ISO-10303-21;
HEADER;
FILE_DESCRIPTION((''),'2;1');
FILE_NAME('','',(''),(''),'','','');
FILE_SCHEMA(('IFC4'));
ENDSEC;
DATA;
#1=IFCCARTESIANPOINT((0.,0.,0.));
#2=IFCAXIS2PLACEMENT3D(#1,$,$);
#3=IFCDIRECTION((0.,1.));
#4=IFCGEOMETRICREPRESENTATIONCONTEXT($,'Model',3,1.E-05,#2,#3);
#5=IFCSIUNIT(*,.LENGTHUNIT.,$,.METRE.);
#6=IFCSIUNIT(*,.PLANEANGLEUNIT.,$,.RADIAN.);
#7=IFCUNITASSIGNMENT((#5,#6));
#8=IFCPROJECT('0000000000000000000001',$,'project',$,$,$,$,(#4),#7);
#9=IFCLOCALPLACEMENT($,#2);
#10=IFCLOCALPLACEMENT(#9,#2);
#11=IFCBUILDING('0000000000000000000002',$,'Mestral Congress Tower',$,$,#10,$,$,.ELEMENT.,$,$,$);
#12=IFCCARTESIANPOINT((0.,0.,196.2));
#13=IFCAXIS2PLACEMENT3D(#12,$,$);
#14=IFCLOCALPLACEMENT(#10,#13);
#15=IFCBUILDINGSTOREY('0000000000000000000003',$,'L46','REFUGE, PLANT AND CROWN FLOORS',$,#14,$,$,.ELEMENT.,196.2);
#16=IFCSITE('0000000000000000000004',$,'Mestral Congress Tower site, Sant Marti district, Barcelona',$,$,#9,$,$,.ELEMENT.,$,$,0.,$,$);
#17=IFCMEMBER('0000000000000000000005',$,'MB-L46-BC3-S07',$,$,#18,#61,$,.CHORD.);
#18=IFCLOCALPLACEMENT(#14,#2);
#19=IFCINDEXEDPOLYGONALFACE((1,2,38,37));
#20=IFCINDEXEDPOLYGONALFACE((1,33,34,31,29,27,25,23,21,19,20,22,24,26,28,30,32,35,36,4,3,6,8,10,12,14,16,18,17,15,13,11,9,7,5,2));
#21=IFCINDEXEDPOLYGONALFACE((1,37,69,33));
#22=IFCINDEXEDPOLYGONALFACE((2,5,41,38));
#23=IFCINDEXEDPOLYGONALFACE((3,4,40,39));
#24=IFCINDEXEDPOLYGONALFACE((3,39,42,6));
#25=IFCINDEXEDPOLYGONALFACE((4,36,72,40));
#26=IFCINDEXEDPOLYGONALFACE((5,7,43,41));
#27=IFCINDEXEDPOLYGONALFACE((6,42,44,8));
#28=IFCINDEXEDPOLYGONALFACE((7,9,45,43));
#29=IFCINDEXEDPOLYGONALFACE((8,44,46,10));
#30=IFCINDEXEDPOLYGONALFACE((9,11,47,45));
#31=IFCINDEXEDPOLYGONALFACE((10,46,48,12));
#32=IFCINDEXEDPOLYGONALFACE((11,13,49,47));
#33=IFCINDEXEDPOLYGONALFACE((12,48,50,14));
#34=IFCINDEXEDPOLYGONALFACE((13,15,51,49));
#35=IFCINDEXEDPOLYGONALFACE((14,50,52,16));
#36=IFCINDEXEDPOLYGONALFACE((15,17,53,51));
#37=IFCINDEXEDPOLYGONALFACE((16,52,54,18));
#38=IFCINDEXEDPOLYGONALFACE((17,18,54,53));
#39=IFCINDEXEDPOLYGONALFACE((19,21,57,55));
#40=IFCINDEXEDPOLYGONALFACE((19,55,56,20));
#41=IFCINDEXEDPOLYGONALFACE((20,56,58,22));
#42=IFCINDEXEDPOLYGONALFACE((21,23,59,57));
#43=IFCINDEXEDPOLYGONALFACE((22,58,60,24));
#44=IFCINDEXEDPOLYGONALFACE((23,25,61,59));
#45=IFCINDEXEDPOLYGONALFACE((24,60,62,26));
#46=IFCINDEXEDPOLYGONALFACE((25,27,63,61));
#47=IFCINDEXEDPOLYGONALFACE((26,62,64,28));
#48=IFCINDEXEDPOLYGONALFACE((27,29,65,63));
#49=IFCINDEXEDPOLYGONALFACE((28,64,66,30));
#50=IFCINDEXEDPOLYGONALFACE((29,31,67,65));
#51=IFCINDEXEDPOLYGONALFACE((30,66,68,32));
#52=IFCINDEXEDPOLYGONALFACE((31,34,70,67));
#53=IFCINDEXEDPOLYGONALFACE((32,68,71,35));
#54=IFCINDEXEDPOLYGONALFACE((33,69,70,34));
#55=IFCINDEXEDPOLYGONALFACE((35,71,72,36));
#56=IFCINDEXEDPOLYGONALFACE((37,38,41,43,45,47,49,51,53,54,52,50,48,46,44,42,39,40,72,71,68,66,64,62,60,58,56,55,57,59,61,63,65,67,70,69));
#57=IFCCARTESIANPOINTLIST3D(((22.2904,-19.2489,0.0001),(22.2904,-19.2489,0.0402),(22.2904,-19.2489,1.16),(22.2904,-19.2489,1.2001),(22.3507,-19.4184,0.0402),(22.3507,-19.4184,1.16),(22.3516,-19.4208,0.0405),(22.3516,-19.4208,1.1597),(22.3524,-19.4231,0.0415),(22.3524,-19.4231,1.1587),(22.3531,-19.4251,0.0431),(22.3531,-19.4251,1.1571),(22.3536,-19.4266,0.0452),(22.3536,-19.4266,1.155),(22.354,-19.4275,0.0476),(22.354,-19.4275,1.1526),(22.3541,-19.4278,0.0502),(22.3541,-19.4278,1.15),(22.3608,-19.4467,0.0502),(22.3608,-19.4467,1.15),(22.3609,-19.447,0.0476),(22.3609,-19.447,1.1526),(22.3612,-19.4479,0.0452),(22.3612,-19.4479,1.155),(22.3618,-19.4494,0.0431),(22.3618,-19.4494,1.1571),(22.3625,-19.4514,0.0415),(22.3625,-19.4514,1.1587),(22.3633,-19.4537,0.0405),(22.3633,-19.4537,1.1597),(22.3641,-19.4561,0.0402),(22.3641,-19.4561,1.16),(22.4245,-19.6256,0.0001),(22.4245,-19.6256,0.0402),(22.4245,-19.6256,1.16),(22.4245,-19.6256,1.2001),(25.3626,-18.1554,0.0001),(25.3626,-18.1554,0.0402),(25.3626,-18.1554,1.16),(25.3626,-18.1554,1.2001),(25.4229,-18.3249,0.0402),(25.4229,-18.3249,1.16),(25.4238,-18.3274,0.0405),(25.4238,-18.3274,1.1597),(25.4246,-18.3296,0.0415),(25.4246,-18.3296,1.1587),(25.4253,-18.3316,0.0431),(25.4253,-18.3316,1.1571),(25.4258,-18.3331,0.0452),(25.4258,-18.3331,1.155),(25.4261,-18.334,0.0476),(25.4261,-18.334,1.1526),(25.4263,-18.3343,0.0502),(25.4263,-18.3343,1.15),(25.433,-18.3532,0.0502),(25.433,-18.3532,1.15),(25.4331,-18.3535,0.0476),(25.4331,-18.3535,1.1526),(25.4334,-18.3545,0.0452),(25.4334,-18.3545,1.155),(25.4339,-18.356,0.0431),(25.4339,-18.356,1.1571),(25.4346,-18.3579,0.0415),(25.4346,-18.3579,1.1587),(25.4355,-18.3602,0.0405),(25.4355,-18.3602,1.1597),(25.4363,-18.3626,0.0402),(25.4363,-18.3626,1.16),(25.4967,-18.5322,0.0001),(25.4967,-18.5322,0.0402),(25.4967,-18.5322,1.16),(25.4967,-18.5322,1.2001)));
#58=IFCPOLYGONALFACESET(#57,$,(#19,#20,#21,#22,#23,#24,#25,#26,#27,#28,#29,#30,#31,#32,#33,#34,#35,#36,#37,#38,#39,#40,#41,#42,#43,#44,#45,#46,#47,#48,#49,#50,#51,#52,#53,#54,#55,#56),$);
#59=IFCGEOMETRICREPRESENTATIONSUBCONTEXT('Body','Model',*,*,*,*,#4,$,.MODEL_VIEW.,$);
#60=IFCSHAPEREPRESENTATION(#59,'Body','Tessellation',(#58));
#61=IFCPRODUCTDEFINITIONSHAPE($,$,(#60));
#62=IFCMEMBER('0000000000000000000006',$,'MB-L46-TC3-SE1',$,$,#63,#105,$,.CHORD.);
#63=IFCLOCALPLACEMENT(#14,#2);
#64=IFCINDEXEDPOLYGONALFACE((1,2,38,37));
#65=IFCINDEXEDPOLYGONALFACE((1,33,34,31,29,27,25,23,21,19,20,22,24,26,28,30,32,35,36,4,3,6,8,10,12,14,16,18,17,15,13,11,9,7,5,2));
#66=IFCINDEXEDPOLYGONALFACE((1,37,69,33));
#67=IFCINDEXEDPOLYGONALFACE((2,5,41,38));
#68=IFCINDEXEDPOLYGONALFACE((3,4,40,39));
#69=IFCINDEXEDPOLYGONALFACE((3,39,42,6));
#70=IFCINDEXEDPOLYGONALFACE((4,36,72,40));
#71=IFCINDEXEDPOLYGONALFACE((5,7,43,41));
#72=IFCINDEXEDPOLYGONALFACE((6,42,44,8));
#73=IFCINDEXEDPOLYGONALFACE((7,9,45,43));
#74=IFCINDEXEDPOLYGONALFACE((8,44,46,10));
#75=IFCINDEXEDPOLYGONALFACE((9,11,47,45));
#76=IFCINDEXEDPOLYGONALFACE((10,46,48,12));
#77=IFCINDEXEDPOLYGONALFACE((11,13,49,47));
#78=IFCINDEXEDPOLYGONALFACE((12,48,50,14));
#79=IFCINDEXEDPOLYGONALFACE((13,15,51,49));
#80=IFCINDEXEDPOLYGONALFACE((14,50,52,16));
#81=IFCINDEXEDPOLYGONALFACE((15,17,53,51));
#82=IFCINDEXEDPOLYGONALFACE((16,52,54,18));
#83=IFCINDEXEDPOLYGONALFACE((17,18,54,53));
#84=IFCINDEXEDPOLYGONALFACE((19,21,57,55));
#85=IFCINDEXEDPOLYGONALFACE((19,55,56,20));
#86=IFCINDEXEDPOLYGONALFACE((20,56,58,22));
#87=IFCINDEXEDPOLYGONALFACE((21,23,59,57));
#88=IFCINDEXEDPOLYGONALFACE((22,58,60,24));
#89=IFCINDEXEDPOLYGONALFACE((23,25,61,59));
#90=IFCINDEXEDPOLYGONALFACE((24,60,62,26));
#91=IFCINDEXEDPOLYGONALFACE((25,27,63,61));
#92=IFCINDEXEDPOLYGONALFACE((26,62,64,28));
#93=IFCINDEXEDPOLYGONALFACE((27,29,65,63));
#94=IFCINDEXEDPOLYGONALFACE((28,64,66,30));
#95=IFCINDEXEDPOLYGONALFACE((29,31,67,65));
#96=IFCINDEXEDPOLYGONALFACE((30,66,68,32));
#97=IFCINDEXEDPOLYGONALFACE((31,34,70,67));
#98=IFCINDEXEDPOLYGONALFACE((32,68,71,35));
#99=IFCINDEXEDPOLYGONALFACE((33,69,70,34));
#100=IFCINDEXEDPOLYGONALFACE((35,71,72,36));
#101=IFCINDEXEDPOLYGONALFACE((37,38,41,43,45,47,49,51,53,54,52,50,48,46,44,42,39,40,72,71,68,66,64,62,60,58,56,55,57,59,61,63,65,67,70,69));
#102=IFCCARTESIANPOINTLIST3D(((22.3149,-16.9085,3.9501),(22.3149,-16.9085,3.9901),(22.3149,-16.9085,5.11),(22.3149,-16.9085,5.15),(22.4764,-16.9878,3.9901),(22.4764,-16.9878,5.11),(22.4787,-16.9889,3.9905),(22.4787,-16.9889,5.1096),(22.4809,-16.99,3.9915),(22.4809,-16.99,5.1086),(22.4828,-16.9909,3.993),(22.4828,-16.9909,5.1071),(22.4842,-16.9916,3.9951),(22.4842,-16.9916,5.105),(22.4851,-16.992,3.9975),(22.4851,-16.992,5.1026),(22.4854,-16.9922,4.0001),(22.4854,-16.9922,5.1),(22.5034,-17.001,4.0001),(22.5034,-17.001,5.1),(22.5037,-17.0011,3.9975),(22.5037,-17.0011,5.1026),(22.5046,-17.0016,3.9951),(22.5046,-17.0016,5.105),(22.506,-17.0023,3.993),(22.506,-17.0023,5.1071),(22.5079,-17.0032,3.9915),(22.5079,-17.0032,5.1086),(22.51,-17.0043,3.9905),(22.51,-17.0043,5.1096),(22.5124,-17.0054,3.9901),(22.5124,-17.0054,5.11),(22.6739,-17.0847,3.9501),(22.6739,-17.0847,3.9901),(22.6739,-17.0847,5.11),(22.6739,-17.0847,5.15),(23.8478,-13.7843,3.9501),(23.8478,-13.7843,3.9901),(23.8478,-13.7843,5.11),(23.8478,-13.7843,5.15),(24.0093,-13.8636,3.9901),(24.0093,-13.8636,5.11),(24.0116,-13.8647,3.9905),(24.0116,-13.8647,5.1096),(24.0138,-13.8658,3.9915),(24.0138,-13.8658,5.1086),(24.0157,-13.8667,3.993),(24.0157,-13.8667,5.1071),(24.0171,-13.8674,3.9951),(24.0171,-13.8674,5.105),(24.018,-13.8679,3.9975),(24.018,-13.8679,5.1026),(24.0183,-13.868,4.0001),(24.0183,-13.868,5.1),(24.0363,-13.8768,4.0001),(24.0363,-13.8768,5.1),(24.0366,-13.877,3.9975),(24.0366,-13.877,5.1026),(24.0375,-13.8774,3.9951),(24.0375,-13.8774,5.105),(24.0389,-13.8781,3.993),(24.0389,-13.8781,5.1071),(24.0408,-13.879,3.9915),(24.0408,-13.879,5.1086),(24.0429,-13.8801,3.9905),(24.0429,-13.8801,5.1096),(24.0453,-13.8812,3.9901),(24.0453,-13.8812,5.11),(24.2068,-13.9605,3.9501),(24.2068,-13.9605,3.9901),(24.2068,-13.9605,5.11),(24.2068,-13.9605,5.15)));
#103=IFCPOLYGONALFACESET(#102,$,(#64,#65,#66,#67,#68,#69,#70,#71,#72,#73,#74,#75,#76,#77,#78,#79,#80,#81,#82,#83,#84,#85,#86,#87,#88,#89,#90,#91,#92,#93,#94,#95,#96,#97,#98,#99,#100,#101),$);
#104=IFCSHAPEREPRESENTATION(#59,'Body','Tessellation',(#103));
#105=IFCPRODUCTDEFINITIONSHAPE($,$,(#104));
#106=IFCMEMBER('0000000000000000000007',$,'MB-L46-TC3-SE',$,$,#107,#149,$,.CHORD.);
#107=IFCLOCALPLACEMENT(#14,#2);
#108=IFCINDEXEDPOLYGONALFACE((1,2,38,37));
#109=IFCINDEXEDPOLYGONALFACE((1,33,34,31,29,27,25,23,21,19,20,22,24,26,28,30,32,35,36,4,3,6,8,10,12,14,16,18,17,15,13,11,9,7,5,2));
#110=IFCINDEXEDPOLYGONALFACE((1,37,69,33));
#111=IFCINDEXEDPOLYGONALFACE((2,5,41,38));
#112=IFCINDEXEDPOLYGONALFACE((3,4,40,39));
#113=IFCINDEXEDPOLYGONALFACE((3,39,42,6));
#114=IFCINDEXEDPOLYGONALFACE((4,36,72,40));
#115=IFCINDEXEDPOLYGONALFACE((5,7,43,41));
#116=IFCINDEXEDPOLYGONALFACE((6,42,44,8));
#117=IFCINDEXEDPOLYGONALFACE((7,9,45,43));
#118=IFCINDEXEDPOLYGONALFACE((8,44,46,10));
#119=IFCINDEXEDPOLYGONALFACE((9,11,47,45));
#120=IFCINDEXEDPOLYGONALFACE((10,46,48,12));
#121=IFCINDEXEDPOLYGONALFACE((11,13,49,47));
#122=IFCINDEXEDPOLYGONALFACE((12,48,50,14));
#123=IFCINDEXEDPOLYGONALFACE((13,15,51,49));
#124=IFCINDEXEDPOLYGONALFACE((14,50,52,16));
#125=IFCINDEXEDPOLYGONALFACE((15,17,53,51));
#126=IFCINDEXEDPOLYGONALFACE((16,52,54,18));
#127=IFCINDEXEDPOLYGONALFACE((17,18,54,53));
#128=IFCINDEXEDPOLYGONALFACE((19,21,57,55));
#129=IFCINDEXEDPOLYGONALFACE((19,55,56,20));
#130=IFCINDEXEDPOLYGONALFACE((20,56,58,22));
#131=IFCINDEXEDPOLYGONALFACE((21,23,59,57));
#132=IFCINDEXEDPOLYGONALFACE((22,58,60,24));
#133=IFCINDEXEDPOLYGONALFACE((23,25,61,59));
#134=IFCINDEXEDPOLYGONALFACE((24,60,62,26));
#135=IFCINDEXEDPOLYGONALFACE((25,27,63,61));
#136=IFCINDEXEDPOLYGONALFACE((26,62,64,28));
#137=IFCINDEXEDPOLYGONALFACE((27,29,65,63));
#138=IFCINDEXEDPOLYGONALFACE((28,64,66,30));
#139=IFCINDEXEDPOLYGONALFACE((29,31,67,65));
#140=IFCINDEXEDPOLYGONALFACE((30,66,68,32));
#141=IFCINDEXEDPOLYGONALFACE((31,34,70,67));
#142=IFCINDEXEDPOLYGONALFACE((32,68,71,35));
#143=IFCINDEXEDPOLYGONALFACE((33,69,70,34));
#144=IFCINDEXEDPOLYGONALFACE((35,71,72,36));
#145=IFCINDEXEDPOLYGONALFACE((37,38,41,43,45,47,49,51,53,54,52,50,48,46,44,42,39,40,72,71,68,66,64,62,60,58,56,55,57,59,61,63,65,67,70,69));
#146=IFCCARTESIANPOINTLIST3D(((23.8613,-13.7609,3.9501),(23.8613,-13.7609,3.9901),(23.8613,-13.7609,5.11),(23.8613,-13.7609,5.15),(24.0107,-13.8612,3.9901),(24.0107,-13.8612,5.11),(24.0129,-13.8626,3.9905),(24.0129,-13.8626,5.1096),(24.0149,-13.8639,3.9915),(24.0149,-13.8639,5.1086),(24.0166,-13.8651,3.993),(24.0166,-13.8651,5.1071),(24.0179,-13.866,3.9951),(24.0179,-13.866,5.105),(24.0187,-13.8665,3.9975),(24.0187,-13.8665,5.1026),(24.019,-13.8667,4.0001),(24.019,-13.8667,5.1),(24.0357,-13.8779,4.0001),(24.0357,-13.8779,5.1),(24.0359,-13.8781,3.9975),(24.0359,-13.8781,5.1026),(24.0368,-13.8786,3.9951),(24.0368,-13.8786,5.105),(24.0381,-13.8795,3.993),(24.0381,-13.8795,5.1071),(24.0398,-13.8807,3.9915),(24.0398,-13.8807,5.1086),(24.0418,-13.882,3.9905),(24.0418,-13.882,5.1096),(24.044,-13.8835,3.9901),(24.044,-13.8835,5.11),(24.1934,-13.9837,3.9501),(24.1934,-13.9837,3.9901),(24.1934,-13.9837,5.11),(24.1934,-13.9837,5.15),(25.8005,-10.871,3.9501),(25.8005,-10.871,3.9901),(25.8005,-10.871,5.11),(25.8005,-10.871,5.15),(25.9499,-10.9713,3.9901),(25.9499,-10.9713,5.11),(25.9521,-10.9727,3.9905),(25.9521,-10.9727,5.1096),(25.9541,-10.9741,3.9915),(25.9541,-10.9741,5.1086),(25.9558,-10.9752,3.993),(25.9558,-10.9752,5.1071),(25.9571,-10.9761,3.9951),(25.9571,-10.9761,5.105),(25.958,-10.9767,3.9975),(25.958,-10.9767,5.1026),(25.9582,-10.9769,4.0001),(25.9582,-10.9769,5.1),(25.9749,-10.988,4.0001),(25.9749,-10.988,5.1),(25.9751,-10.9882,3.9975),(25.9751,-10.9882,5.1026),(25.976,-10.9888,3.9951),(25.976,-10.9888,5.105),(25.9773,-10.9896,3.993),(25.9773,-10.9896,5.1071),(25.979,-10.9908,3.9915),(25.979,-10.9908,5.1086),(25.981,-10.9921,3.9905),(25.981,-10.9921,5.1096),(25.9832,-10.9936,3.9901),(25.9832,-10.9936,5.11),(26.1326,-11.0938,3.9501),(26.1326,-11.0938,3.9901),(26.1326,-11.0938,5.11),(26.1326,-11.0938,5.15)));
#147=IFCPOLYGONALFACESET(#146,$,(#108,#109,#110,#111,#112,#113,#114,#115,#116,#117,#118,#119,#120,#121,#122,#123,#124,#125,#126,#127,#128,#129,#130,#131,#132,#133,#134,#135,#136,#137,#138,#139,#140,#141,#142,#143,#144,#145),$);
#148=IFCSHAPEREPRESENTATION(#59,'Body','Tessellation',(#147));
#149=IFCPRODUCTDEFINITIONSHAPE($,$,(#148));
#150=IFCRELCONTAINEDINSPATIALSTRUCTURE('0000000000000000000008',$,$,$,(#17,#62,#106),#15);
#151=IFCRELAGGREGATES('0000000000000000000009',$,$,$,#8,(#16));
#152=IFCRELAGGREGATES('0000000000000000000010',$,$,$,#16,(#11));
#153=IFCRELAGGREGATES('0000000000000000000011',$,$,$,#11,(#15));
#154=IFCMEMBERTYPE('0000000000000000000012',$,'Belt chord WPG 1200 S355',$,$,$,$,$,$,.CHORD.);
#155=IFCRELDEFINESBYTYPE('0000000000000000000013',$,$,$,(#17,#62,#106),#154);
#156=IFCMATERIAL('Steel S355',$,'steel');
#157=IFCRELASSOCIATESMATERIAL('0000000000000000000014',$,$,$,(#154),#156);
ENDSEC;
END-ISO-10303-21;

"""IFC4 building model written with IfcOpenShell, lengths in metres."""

from ifc_helpers import new_model, si_unit, direction, frame, origin, origin_2d, place, context, subcontext, project, spatial, i_section, extrude, material, material_profile, profile_set, type_object, element, save


model = new_model("IFC4")

# Units and contexts
model_context = context("Model", 3, precision=1e-05, world=origin(), true_north=direction((0.0, 1.0)))
body_context = subcontext(model_context, "Body", "Model", "MODEL_VIEW")
ifc_project = project(units=[si_unit("LENGTHUNIT", "METRE"), si_unit("PLANEANGLEUNIT", "RADIAN")], contexts=[model_context])

# Site, building, storey
site_placement = place(None, origin())
site = spatial("IfcSite", under=ifc_project, at=site_placement, Name="Mestral Congress Tower site, Sant Marti district, Barcelona", CompositionType="ELEMENT", RefElevation=0.0)
building_placement = place(site_placement, origin())
building = spatial("IfcBuilding", under=site, at=building_placement, Name="Mestral Congress Tower", CompositionType="ELEMENT")
storey_placement = place(building_placement, frame((0.0, 0.0, 196.2)))
storey = spatial("IfcBuildingStorey", under=building, at=storey_placement, Name="L46", Description="REFUGE, PLANT AND CROWN FLOORS", CompositionType="ELEMENT", Elevation=196.2)

# Members
ifc_material_1 = material(Name="Steel S355", Category="steel")
ifc_material_profile_1 = material_profile(ifc_material_1, i_section(OverallWidth=0.3999, OverallDepth=1.2, WebThickness=0.02, FlangeThickness=0.04, FilletRadius=0.01, at=origin_2d()), Name="WPG 1200")
ifc_profile_set_1 = profile_set([ifc_material_profile_1], Name="Steel S355")
member_type_1 = type_object("IfcMemberType", Name="Belt chord WPG 1200 S355", PredefinedType="CHORD", material=ifc_profile_set_1)
member_1_placement = place(storey_placement, frame((22.3574, -19.4373, 0.6001), z_axis=(0.942104, 0.335321, 0.0), x_axis=(-0.335321, 0.942104, 0.0)))
element("IfcMember", 1, at=member_1_placement, inside=storey, type_object=member_type_1, Name="MB-L46-BC3-S07", PredefinedType="CHORD", context=body_context, shape_type="SweptSolid", body=[
    extrude(i_section(OverallWidth=0.3999, OverallDepth=1.2, WebThickness=0.02, FlangeThickness=0.04, FilletRadius=0.01, at=origin_2d()), origin(), (0.0, 0.0, 1.0), 3.261),
])
member_2_placement = place(storey_placement, frame((22.4944, -16.9966, 4.55), z_axis=(0.440494, 0.897755, 0.0), x_axis=(-0.897755, 0.440494, 0.0)))
element("IfcMember", 2, at=member_2_placement, inside=storey, type_object=member_type_1, Name="MB-L46-TC3-SE1", PredefinedType="CHORD", context=body_context, shape_type="SweptSolid", body=[
    extrude(i_section(OverallWidth=0.3999, OverallDepth=1.2, WebThickness=0.02, FlangeThickness=0.04, FilletRadius=0.01, at=origin_2d()), origin(), (0.0, 0.0, 1.0), 3.48),
])
member_3_placement = place(storey_placement, frame((24.0273, -13.8723, 4.55), z_axis=(0.557207, 0.830374, 0.0), x_axis=(-0.830374, 0.557207, 0.0)))
element("IfcMember", 3, at=member_3_placement, inside=storey, type_object=member_type_1, Name="MB-L46-TC3-SE", PredefinedType="CHORD", context=body_context, shape_type="SweptSolid", body=[
    extrude(i_section(OverallWidth=0.3999, OverallDepth=1.2, WebThickness=0.02, FlangeThickness=0.04, FilletRadius=0.01, at=origin_2d()), origin(), (0.0, 0.0, 1.0), 3.4802),
])

save(model, "model.ifc")
